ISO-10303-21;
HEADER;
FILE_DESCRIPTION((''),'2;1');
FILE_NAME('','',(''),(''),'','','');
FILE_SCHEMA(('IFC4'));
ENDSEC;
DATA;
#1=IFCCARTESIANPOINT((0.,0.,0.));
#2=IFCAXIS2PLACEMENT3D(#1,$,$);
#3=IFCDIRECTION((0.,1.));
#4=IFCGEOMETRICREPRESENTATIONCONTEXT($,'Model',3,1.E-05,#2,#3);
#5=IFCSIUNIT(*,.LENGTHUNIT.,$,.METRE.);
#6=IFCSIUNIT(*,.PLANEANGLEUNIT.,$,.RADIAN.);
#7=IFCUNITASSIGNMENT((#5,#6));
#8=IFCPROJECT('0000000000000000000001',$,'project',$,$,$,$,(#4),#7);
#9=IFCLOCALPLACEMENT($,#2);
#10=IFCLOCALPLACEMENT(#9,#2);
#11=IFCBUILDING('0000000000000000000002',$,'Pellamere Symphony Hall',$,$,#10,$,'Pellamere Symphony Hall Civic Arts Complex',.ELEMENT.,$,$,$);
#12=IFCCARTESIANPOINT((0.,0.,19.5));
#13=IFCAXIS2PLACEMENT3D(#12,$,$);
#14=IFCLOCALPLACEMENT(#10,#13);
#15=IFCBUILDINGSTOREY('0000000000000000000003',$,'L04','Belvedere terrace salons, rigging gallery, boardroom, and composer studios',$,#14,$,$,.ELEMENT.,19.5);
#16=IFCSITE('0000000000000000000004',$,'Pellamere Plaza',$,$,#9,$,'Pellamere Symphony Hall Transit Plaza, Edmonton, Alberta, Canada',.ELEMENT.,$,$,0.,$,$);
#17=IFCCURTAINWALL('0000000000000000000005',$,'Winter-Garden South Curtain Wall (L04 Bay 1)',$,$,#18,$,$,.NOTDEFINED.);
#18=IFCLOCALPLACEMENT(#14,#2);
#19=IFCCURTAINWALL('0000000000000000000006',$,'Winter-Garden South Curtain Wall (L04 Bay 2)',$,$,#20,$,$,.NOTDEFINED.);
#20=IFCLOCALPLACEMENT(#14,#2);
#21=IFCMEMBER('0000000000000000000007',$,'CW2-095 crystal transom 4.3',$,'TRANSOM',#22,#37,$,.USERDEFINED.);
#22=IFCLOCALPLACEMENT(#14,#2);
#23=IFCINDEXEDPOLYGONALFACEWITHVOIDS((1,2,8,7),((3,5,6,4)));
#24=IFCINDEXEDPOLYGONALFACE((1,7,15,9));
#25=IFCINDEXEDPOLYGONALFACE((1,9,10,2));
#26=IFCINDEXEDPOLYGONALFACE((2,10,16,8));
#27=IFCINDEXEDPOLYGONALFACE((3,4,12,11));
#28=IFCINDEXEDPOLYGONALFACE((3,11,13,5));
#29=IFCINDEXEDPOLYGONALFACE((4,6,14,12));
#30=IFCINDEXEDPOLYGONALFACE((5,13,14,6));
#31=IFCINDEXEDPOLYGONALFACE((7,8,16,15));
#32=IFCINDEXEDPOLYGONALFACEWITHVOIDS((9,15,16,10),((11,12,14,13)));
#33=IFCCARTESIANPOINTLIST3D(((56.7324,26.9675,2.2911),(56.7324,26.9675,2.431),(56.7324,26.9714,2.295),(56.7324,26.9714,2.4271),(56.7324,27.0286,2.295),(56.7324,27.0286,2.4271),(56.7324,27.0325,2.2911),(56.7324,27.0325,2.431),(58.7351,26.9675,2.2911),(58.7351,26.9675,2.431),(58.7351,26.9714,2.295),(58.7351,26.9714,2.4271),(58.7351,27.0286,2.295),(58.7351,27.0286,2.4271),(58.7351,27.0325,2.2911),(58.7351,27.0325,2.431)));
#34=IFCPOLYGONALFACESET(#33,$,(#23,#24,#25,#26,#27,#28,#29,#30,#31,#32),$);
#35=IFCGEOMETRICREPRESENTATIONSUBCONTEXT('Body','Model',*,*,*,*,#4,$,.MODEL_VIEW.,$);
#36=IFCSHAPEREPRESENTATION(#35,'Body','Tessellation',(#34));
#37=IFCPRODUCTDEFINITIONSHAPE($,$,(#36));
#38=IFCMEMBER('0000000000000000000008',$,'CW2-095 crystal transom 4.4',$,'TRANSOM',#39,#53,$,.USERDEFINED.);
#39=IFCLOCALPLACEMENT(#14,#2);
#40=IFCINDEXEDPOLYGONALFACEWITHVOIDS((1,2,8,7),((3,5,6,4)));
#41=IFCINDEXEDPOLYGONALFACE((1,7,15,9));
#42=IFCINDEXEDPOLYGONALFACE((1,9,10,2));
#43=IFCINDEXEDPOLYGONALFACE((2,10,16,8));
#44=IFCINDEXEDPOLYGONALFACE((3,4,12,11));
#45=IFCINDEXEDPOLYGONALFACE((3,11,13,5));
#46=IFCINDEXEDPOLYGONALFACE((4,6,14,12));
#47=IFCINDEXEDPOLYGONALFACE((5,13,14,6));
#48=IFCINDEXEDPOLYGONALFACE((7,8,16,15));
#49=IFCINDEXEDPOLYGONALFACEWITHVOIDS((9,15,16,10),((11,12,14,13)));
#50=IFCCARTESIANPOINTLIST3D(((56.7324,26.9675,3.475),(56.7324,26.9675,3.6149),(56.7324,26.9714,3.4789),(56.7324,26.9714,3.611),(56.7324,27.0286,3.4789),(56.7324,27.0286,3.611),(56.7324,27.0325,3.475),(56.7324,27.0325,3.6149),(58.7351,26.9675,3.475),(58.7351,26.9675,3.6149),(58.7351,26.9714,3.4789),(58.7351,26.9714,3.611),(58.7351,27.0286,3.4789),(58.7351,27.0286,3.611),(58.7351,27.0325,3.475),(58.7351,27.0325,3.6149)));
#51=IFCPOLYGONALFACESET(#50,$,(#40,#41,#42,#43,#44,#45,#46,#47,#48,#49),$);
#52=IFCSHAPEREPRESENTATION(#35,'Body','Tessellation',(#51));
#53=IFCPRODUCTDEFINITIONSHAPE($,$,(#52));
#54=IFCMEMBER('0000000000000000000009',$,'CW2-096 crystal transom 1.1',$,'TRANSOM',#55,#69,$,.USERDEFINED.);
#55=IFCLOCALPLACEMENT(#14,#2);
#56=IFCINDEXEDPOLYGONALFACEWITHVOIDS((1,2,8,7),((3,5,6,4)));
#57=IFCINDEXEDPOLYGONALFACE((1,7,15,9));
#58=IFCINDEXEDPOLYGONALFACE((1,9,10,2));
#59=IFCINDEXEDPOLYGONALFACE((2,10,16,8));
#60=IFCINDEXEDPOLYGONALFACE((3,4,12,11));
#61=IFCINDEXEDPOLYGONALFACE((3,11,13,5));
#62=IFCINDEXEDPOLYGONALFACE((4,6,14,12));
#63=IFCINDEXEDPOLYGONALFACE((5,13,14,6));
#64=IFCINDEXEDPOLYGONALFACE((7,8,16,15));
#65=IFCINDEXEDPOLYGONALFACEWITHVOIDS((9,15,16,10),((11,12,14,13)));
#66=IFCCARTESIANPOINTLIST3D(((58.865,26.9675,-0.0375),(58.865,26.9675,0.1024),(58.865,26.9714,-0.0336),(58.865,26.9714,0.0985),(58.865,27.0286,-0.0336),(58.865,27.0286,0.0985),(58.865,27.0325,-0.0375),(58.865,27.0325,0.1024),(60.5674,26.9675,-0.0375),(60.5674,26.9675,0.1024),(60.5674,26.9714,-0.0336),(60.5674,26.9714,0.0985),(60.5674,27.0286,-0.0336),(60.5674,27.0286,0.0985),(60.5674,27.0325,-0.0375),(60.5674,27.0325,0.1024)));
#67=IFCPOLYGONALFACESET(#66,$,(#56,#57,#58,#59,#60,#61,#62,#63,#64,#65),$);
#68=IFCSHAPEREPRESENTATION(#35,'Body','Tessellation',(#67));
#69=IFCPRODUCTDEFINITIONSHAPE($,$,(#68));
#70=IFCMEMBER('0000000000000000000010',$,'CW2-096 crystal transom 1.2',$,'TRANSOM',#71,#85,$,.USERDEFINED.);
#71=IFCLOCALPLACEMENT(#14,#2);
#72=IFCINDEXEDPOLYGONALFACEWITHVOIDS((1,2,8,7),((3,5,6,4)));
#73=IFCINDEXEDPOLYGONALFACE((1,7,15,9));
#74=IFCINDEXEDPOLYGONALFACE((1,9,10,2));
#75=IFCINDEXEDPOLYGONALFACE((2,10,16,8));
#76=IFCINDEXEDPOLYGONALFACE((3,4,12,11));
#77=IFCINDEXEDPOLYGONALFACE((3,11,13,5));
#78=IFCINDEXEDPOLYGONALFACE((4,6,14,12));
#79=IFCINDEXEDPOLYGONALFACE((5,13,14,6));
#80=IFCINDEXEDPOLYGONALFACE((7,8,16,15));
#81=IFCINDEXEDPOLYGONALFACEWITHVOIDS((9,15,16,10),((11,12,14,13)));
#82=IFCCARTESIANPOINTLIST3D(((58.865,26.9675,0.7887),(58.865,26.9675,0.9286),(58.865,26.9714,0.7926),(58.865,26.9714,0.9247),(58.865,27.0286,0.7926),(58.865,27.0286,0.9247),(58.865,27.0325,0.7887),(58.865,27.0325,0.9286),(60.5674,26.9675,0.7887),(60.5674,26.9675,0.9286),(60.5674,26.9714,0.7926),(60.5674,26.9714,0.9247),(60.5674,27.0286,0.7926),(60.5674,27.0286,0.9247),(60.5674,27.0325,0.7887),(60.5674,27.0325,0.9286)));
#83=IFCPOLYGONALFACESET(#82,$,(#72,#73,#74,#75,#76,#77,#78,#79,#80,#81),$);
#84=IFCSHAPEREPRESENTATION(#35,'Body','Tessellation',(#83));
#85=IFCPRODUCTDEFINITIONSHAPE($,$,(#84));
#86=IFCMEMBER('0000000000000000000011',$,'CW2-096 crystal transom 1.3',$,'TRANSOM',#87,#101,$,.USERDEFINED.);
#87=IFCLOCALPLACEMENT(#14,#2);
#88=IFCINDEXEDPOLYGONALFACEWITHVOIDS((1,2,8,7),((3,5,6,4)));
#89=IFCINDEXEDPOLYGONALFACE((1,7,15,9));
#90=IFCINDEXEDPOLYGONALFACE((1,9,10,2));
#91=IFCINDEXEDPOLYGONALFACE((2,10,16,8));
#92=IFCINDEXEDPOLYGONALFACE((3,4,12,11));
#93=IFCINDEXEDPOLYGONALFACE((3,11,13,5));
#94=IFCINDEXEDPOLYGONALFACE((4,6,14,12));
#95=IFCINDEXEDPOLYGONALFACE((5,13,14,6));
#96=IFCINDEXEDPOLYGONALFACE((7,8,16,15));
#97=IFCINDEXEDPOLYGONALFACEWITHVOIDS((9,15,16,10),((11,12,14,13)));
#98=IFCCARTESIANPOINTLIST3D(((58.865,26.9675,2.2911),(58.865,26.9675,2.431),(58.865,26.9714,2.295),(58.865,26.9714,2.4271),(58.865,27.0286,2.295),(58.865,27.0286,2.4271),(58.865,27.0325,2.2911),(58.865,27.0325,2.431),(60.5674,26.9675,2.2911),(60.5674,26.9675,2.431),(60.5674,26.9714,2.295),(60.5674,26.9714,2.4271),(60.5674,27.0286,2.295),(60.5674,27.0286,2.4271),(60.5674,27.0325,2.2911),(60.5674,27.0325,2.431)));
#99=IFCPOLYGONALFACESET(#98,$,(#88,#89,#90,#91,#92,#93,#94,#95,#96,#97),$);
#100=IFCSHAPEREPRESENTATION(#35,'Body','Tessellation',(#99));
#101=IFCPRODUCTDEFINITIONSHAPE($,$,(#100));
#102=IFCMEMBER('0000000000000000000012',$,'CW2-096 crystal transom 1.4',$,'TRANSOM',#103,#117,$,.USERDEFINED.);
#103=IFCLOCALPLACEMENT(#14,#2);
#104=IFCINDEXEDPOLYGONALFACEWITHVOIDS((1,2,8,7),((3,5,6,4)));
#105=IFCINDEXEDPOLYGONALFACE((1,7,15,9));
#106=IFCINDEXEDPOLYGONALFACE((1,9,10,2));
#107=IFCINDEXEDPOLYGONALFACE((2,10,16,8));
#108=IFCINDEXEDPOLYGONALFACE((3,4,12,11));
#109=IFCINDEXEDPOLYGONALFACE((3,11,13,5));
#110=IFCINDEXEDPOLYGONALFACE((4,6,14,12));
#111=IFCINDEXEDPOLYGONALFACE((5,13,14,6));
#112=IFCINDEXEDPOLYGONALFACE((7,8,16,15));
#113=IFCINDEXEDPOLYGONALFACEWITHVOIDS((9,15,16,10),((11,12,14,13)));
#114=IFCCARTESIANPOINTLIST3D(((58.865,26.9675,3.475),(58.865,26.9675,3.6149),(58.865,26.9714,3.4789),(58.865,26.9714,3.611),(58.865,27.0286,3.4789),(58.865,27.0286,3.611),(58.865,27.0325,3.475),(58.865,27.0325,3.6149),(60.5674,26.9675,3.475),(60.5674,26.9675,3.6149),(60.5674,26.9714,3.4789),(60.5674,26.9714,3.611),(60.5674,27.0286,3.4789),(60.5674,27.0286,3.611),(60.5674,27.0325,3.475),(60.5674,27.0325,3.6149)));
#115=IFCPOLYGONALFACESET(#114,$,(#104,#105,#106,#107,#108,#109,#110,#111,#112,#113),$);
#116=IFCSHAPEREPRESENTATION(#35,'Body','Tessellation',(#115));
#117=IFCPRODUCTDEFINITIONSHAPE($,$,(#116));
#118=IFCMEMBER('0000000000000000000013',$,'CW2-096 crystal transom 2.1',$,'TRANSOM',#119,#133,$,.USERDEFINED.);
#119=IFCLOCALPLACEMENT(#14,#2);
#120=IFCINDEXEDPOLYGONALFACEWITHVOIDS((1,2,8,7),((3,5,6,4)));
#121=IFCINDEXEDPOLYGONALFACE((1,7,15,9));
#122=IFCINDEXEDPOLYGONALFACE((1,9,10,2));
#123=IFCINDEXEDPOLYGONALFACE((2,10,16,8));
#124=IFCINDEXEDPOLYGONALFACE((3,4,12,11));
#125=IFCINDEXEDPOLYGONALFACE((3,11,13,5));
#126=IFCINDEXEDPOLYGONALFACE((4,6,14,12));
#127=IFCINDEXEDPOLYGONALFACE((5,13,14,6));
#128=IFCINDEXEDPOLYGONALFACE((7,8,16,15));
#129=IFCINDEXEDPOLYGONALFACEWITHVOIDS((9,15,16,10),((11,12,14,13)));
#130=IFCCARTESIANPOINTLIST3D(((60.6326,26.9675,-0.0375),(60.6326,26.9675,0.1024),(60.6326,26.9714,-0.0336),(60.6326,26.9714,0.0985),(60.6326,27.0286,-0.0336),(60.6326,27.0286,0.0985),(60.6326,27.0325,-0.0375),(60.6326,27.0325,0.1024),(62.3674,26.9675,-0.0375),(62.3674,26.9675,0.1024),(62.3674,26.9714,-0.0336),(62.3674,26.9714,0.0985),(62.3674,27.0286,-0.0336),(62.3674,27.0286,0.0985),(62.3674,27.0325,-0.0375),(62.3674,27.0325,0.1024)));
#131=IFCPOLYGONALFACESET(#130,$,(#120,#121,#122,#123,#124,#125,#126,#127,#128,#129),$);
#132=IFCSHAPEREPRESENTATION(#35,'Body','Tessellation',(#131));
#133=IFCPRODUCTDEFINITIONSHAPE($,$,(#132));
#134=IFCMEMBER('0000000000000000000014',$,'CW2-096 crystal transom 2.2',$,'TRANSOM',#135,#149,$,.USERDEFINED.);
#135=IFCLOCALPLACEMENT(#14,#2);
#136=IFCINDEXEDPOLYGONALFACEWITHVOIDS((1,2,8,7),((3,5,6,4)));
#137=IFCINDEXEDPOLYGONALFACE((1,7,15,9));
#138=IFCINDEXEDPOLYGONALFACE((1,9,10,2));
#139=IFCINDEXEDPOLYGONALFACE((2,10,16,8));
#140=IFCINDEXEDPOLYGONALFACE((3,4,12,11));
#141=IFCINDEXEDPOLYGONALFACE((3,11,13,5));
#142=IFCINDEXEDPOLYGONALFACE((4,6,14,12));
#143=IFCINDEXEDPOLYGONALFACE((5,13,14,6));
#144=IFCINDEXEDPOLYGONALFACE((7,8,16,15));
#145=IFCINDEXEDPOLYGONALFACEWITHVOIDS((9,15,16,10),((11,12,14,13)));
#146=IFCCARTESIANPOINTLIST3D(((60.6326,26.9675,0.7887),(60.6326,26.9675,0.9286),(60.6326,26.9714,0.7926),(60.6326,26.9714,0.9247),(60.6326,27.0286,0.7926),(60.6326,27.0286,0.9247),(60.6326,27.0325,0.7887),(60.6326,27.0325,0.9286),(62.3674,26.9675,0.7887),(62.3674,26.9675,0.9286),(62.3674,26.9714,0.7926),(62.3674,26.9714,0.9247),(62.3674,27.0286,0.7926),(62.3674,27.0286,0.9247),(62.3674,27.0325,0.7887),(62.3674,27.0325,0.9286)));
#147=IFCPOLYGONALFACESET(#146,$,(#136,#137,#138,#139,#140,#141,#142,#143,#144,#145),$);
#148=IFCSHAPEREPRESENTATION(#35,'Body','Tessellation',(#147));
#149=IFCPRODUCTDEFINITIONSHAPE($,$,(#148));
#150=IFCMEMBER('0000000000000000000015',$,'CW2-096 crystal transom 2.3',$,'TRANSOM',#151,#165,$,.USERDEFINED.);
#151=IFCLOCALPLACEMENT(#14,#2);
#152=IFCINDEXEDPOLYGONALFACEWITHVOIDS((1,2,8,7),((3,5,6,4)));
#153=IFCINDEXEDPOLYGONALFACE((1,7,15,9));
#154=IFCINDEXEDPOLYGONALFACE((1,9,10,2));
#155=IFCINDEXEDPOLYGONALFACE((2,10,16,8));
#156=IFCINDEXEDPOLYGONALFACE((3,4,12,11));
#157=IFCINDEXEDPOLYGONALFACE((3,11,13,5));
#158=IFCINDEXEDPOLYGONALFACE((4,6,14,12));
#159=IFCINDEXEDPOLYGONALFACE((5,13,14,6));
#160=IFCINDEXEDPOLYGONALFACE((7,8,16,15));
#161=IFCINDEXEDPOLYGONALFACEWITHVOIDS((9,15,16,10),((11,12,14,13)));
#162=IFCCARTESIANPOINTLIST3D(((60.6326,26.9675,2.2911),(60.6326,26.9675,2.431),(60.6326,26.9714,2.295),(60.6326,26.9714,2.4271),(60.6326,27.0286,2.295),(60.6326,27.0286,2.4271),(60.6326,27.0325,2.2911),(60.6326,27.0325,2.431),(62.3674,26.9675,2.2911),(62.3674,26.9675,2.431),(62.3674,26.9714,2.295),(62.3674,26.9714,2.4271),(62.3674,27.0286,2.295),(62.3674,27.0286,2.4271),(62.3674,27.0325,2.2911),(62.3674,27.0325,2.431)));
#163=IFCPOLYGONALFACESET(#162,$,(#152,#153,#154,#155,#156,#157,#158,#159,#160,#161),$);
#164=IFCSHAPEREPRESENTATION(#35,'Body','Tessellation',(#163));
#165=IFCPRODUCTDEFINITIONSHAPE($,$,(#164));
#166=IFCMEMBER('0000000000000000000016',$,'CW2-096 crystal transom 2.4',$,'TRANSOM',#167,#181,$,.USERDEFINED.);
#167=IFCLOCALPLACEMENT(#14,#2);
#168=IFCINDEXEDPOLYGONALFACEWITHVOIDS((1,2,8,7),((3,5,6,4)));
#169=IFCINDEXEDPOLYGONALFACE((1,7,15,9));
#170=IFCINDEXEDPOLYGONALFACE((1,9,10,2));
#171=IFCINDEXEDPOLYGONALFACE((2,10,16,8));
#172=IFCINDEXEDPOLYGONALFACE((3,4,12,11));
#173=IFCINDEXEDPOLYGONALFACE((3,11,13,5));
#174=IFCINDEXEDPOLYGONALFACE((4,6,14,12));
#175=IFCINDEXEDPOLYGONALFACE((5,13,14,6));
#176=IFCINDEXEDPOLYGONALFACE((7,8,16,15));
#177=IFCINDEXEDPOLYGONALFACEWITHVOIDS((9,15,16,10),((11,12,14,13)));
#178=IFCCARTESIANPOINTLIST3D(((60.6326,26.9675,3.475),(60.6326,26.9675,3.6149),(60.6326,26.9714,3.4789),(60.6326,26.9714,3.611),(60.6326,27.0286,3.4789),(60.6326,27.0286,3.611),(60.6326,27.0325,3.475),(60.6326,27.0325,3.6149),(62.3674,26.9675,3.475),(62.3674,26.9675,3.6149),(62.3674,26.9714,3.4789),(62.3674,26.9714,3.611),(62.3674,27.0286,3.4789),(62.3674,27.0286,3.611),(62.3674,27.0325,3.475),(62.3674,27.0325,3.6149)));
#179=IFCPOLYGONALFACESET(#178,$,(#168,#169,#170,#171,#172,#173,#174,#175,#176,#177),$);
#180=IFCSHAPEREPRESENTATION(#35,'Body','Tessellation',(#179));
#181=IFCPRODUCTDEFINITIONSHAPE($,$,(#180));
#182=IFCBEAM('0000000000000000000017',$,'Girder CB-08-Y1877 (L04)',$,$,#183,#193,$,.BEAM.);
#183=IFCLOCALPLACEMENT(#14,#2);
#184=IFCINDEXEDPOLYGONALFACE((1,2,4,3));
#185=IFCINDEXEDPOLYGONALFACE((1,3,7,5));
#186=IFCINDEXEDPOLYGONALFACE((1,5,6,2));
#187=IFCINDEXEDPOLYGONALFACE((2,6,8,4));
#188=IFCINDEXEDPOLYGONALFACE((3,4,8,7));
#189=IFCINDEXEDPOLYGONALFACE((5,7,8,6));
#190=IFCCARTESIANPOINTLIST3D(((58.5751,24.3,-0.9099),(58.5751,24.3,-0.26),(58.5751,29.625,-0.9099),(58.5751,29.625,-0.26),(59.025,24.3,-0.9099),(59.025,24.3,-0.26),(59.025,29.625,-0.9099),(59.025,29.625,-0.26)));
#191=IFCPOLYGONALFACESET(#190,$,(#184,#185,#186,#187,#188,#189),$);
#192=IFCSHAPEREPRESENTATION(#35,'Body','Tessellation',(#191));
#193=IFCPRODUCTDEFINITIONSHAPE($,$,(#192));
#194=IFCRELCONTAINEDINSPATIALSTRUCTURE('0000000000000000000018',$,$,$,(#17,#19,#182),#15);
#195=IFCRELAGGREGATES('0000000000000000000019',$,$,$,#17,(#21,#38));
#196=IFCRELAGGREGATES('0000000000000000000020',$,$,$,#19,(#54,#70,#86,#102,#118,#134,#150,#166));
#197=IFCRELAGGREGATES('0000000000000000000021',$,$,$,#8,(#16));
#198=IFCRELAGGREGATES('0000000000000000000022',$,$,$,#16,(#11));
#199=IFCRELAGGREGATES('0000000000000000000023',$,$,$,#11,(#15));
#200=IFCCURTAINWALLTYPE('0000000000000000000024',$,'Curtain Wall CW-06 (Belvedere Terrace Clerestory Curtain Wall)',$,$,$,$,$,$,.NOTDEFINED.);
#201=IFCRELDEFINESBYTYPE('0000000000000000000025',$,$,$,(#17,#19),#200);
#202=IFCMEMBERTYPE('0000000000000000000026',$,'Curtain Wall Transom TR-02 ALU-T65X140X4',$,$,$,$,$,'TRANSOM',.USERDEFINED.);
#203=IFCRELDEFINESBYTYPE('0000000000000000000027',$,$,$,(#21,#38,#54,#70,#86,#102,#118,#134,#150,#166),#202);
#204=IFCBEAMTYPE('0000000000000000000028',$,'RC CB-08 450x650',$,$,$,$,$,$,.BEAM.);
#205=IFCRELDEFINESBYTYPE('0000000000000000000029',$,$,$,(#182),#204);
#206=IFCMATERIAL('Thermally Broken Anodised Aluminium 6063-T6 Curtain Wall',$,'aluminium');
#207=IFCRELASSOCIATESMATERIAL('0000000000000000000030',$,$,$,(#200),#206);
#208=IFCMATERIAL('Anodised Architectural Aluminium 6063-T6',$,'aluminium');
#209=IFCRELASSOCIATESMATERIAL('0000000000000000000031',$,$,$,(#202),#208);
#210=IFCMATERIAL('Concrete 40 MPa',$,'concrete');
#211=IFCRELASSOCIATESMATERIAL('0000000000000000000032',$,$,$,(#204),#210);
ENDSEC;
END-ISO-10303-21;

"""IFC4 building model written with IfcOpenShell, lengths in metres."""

from ifc_helpers import new_model, si_unit, direction, frame, origin, origin_2d, place, context, subcontext, project, spatial, rectangle, hollow_rectangle, extrude, material, material_profile, profile_set, type_object, element, aggregate, save


model = new_model("IFC4")

# Units and contexts
model_context = context("Model", 3, precision=1e-05, world=origin(), true_north=direction((0.0, 1.0)))
body_context = subcontext(model_context, "Body", "Model", "MODEL_VIEW")
ifc_project = project(units=[si_unit("LENGTHUNIT", "METRE"), si_unit("PLANEANGLEUNIT", "RADIAN")], contexts=[model_context])

# Site, building, storey
site_placement = place(None, origin())
site = spatial("IfcSite", under=ifc_project, at=site_placement, Name="Pellamere Plaza", LongName="Pellamere Symphony Hall Transit Plaza, Edmonton, Alberta, Canada", CompositionType="ELEMENT", RefElevation=0.0)
building_placement = place(site_placement, origin())
building = spatial("IfcBuilding", under=site, at=building_placement, Name="Pellamere Symphony Hall", LongName="Pellamere Symphony Hall Civic Arts Complex", CompositionType="ELEMENT")
storey_placement = place(building_placement, frame((0.0, 0.0, 19.5)))
storey = spatial("IfcBuildingStorey", under=building, at=storey_placement, Name="L04", Description="Belvedere terrace salons, rigging gallery, boardroom, and composer studios", CompositionType="ELEMENT", Elevation=19.5)

# Curtain walls
ifc_material_1 = material(Name="Thermally Broken Anodised Aluminium 6063-T6 Curtain Wall", Category="aluminium")
curtain_wall_type_1 = type_object("IfcCurtainWallType", Name="Curtain Wall CW-06 (Belvedere Terrace Clerestory Curtain Wall)", PredefinedType="NOTDEFINED", material=ifc_material_1)
curtain_wall_1_placement = place(storey_placement, origin())
curtain_wall_1 = element("IfcCurtainWall", 1, at=curtain_wall_1_placement, inside=storey, type_object=curtain_wall_type_1, Name="Winter-Garden South Curtain Wall (L04 Bay 1)", PredefinedType="NOTDEFINED")
ifc_material_2 = material(Name="Anodised Architectural Aluminium 6063-T6", Category="aluminium")
curtain_wall_2_placement = place(storey_placement, origin())
curtain_wall_2 = element("IfcCurtainWall", 2, at=curtain_wall_2_placement, inside=storey, type_object=curtain_wall_type_1, Name="Winter-Garden South Curtain Wall (L04 Bay 2)", PredefinedType="NOTDEFINED")

# Members
ifc_material_profile_1 = material_profile(ifc_material_2, hollow_rectangle(XDim=0.0649, YDim=0.1399, WallThickness=0.0039, at=origin_2d()), Name="ALU-T65X140X4")
ifc_profile_set_1 = profile_set([ifc_material_profile_1], Name="Anodised Architectural Aluminium 6063-T6")
member_type_1 = type_object("IfcMemberType", Name="Curtain Wall Transom TR-02 ALU-T65X140X4", ElementType="TRANSOM", PredefinedType="USERDEFINED", material=ifc_profile_set_1)
member_1_placement = place(storey_placement, frame((56.7324, 27.0, 2.3611), z_axis=(1.0, 0.0, 0.0), x_axis=(0.0, 1.0, 0.0)))
member_1 = element("IfcMember", 3, at=member_1_placement, type_object=member_type_1, Name="CW2-095 crystal transom 4.3", ObjectType="TRANSOM", PredefinedType="USERDEFINED", context=body_context, shape_type="SweptSolid", body=[
    extrude(hollow_rectangle(XDim=0.0649, YDim=0.1399, WallThickness=0.0039, at=origin_2d()), origin(), (0.0, 0.0, 1.0), 2.0027),
])
member_2_placement = place(storey_placement, frame((56.7324, 27.0, 3.5449), z_axis=(1.0, 0.0, 0.0), x_axis=(0.0, 1.0, 0.0)))
member_2 = element("IfcMember", 4, at=member_2_placement, type_object=member_type_1, Name="CW2-095 crystal transom 4.4", ObjectType="TRANSOM", PredefinedType="USERDEFINED", context=body_context, shape_type="SweptSolid", body=[
    extrude(hollow_rectangle(XDim=0.0649, YDim=0.1399, WallThickness=0.0039, at=origin_2d()), origin(), (0.0, 0.0, 1.0), 2.0027),
])
member_3_placement = place(storey_placement, frame((58.865, 27.0, 0.0325), z_axis=(1.0, 0.0, 0.0), x_axis=(0.0, 1.0, 0.0)))
member_3 = element("IfcMember", 5, at=member_3_placement, type_object=member_type_1, Name="CW2-096 crystal transom 1.1", ObjectType="TRANSOM", PredefinedType="USERDEFINED", context=body_context, shape_type="SweptSolid", body=[
    extrude(hollow_rectangle(XDim=0.0649, YDim=0.1399, WallThickness=0.0039, at=origin_2d()), origin(), (0.0, 0.0, 1.0), 1.7024),
])
member_4_placement = place(storey_placement, frame((58.865, 27.0, 0.8586), z_axis=(1.0, 0.0, 0.0), x_axis=(0.0, 1.0, 0.0)))
member_4 = element("IfcMember", 6, at=member_4_placement, type_object=member_type_1, Name="CW2-096 crystal transom 1.2", ObjectType="TRANSOM", PredefinedType="USERDEFINED", context=body_context, shape_type="SweptSolid", body=[
    extrude(hollow_rectangle(XDim=0.0649, YDim=0.1399, WallThickness=0.0039, at=origin_2d()), origin(), (0.0, 0.0, 1.0), 1.7024),
])
member_5_placement = place(storey_placement, frame((58.865, 27.0, 2.3611), z_axis=(1.0, 0.0, 0.0), x_axis=(0.0, 1.0, 0.0)))
member_5 = element("IfcMember", 7, at=member_5_placement, type_object=member_type_1, Name="CW2-096 crystal transom 1.3", ObjectType="TRANSOM", PredefinedType="USERDEFINED", context=body_context, shape_type="SweptSolid", body=[
    extrude(hollow_rectangle(XDim=0.0649, YDim=0.1399, WallThickness=0.0039, at=origin_2d()), origin(), (0.0, 0.0, 1.0), 1.7024),
])
member_6_placement = place(storey_placement, frame((58.865, 27.0, 3.5449), z_axis=(1.0, 0.0, 0.0), x_axis=(0.0, 1.0, 0.0)))
member_6 = element("IfcMember", 8, at=member_6_placement, type_object=member_type_1, Name="CW2-096 crystal transom 1.4", ObjectType="TRANSOM", PredefinedType="USERDEFINED", context=body_context, shape_type="SweptSolid", body=[
    extrude(hollow_rectangle(XDim=0.0649, YDim=0.1399, WallThickness=0.0039, at=origin_2d()), origin(), (0.0, 0.0, 1.0), 1.7024),
])
member_7_placement = place(storey_placement, frame((60.6326, 27.0, 0.0325), z_axis=(1.0, 0.0, 0.0), x_axis=(0.0, 1.0, 0.0)))
member_7 = element("IfcMember", 9, at=member_7_placement, type_object=member_type_1, Name="CW2-096 crystal transom 2.1", ObjectType="TRANSOM", PredefinedType="USERDEFINED", context=body_context, shape_type="SweptSolid", body=[
    extrude(hollow_rectangle(XDim=0.0649, YDim=0.1399, WallThickness=0.0039, at=origin_2d()), origin(), (0.0, 0.0, 1.0), 1.7349),
])
member_8_placement = place(storey_placement, frame((60.6326, 27.0, 0.8586), z_axis=(1.0, 0.0, 0.0), x_axis=(0.0, 1.0, 0.0)))
member_8 = element("IfcMember", 10, at=member_8_placement, type_object=member_type_1, Name="CW2-096 crystal transom 2.2", ObjectType="TRANSOM", PredefinedType="USERDEFINED", context=body_context, shape_type="SweptSolid", body=[
    extrude(hollow_rectangle(XDim=0.0649, YDim=0.1399, WallThickness=0.0039, at=origin_2d()), origin(), (0.0, 0.0, 1.0), 1.7349),
])
member_9_placement = place(storey_placement, frame((60.6326, 27.0, 2.3611), z_axis=(1.0, 0.0, 0.0), x_axis=(0.0, 1.0, 0.0)))
member_9 = element("IfcMember", 11, at=member_9_placement, type_object=member_type_1, Name="CW2-096 crystal transom 2.3", ObjectType="TRANSOM", PredefinedType="USERDEFINED", context=body_context, shape_type="SweptSolid", body=[
    extrude(hollow_rectangle(XDim=0.0649, YDim=0.1399, WallThickness=0.0039, at=origin_2d()), origin(), (0.0, 0.0, 1.0), 1.7349),
])
member_10_placement = place(storey_placement, frame((60.6326, 27.0, 3.5449), z_axis=(1.0, 0.0, 0.0), x_axis=(0.0, 1.0, 0.0)))
member_10 = element("IfcMember", 12, at=member_10_placement, type_object=member_type_1, Name="CW2-096 crystal transom 2.4", ObjectType="TRANSOM", PredefinedType="USERDEFINED", context=body_context, shape_type="SweptSolid", body=[
    extrude(hollow_rectangle(XDim=0.0649, YDim=0.1399, WallThickness=0.0039, at=origin_2d()), origin(), (0.0, 0.0, 1.0), 1.7349),
])

# Beam
ifc_material_3 = material(Name="Concrete 40 MPa", Category="concrete")
ifc_material_profile_2 = material_profile(ifc_material_3, rectangle(XDim=0.45, YDim=0.6499, at=origin_2d()), Name="RC 450x650")
ifc_profile_set_2 = profile_set([ifc_material_profile_2], Name="Concrete 40 MPa")
beam_type_1 = type_object("IfcBeamType", Name="RC CB-08 450x650", PredefinedType="BEAM", material=ifc_profile_set_2)
beam_1_placement = place(storey_placement, frame((58.8, 24.3, -0.585), z_axis=(0.0, 1.0, 0.0), x_axis=(-1.0, 0.0, 0.0)))
element("IfcBeam", 13, at=beam_1_placement, inside=storey, type_object=beam_type_1, Name="Girder CB-08-Y1877 (L04)", PredefinedType="BEAM", context=body_context, shape_type="SweptSolid", body=[
    extrude(rectangle(XDim=0.45, YDim=0.6499, at=origin_2d()), origin(), (0.0, 0.0, 1.0), 5.325),
])

aggregate(curtain_wall_1, [member_1, member_2])
aggregate(curtain_wall_2, [member_3, member_4, member_5, member_6, member_7, member_8, member_9, member_10])

save(model, "model.ifc")
